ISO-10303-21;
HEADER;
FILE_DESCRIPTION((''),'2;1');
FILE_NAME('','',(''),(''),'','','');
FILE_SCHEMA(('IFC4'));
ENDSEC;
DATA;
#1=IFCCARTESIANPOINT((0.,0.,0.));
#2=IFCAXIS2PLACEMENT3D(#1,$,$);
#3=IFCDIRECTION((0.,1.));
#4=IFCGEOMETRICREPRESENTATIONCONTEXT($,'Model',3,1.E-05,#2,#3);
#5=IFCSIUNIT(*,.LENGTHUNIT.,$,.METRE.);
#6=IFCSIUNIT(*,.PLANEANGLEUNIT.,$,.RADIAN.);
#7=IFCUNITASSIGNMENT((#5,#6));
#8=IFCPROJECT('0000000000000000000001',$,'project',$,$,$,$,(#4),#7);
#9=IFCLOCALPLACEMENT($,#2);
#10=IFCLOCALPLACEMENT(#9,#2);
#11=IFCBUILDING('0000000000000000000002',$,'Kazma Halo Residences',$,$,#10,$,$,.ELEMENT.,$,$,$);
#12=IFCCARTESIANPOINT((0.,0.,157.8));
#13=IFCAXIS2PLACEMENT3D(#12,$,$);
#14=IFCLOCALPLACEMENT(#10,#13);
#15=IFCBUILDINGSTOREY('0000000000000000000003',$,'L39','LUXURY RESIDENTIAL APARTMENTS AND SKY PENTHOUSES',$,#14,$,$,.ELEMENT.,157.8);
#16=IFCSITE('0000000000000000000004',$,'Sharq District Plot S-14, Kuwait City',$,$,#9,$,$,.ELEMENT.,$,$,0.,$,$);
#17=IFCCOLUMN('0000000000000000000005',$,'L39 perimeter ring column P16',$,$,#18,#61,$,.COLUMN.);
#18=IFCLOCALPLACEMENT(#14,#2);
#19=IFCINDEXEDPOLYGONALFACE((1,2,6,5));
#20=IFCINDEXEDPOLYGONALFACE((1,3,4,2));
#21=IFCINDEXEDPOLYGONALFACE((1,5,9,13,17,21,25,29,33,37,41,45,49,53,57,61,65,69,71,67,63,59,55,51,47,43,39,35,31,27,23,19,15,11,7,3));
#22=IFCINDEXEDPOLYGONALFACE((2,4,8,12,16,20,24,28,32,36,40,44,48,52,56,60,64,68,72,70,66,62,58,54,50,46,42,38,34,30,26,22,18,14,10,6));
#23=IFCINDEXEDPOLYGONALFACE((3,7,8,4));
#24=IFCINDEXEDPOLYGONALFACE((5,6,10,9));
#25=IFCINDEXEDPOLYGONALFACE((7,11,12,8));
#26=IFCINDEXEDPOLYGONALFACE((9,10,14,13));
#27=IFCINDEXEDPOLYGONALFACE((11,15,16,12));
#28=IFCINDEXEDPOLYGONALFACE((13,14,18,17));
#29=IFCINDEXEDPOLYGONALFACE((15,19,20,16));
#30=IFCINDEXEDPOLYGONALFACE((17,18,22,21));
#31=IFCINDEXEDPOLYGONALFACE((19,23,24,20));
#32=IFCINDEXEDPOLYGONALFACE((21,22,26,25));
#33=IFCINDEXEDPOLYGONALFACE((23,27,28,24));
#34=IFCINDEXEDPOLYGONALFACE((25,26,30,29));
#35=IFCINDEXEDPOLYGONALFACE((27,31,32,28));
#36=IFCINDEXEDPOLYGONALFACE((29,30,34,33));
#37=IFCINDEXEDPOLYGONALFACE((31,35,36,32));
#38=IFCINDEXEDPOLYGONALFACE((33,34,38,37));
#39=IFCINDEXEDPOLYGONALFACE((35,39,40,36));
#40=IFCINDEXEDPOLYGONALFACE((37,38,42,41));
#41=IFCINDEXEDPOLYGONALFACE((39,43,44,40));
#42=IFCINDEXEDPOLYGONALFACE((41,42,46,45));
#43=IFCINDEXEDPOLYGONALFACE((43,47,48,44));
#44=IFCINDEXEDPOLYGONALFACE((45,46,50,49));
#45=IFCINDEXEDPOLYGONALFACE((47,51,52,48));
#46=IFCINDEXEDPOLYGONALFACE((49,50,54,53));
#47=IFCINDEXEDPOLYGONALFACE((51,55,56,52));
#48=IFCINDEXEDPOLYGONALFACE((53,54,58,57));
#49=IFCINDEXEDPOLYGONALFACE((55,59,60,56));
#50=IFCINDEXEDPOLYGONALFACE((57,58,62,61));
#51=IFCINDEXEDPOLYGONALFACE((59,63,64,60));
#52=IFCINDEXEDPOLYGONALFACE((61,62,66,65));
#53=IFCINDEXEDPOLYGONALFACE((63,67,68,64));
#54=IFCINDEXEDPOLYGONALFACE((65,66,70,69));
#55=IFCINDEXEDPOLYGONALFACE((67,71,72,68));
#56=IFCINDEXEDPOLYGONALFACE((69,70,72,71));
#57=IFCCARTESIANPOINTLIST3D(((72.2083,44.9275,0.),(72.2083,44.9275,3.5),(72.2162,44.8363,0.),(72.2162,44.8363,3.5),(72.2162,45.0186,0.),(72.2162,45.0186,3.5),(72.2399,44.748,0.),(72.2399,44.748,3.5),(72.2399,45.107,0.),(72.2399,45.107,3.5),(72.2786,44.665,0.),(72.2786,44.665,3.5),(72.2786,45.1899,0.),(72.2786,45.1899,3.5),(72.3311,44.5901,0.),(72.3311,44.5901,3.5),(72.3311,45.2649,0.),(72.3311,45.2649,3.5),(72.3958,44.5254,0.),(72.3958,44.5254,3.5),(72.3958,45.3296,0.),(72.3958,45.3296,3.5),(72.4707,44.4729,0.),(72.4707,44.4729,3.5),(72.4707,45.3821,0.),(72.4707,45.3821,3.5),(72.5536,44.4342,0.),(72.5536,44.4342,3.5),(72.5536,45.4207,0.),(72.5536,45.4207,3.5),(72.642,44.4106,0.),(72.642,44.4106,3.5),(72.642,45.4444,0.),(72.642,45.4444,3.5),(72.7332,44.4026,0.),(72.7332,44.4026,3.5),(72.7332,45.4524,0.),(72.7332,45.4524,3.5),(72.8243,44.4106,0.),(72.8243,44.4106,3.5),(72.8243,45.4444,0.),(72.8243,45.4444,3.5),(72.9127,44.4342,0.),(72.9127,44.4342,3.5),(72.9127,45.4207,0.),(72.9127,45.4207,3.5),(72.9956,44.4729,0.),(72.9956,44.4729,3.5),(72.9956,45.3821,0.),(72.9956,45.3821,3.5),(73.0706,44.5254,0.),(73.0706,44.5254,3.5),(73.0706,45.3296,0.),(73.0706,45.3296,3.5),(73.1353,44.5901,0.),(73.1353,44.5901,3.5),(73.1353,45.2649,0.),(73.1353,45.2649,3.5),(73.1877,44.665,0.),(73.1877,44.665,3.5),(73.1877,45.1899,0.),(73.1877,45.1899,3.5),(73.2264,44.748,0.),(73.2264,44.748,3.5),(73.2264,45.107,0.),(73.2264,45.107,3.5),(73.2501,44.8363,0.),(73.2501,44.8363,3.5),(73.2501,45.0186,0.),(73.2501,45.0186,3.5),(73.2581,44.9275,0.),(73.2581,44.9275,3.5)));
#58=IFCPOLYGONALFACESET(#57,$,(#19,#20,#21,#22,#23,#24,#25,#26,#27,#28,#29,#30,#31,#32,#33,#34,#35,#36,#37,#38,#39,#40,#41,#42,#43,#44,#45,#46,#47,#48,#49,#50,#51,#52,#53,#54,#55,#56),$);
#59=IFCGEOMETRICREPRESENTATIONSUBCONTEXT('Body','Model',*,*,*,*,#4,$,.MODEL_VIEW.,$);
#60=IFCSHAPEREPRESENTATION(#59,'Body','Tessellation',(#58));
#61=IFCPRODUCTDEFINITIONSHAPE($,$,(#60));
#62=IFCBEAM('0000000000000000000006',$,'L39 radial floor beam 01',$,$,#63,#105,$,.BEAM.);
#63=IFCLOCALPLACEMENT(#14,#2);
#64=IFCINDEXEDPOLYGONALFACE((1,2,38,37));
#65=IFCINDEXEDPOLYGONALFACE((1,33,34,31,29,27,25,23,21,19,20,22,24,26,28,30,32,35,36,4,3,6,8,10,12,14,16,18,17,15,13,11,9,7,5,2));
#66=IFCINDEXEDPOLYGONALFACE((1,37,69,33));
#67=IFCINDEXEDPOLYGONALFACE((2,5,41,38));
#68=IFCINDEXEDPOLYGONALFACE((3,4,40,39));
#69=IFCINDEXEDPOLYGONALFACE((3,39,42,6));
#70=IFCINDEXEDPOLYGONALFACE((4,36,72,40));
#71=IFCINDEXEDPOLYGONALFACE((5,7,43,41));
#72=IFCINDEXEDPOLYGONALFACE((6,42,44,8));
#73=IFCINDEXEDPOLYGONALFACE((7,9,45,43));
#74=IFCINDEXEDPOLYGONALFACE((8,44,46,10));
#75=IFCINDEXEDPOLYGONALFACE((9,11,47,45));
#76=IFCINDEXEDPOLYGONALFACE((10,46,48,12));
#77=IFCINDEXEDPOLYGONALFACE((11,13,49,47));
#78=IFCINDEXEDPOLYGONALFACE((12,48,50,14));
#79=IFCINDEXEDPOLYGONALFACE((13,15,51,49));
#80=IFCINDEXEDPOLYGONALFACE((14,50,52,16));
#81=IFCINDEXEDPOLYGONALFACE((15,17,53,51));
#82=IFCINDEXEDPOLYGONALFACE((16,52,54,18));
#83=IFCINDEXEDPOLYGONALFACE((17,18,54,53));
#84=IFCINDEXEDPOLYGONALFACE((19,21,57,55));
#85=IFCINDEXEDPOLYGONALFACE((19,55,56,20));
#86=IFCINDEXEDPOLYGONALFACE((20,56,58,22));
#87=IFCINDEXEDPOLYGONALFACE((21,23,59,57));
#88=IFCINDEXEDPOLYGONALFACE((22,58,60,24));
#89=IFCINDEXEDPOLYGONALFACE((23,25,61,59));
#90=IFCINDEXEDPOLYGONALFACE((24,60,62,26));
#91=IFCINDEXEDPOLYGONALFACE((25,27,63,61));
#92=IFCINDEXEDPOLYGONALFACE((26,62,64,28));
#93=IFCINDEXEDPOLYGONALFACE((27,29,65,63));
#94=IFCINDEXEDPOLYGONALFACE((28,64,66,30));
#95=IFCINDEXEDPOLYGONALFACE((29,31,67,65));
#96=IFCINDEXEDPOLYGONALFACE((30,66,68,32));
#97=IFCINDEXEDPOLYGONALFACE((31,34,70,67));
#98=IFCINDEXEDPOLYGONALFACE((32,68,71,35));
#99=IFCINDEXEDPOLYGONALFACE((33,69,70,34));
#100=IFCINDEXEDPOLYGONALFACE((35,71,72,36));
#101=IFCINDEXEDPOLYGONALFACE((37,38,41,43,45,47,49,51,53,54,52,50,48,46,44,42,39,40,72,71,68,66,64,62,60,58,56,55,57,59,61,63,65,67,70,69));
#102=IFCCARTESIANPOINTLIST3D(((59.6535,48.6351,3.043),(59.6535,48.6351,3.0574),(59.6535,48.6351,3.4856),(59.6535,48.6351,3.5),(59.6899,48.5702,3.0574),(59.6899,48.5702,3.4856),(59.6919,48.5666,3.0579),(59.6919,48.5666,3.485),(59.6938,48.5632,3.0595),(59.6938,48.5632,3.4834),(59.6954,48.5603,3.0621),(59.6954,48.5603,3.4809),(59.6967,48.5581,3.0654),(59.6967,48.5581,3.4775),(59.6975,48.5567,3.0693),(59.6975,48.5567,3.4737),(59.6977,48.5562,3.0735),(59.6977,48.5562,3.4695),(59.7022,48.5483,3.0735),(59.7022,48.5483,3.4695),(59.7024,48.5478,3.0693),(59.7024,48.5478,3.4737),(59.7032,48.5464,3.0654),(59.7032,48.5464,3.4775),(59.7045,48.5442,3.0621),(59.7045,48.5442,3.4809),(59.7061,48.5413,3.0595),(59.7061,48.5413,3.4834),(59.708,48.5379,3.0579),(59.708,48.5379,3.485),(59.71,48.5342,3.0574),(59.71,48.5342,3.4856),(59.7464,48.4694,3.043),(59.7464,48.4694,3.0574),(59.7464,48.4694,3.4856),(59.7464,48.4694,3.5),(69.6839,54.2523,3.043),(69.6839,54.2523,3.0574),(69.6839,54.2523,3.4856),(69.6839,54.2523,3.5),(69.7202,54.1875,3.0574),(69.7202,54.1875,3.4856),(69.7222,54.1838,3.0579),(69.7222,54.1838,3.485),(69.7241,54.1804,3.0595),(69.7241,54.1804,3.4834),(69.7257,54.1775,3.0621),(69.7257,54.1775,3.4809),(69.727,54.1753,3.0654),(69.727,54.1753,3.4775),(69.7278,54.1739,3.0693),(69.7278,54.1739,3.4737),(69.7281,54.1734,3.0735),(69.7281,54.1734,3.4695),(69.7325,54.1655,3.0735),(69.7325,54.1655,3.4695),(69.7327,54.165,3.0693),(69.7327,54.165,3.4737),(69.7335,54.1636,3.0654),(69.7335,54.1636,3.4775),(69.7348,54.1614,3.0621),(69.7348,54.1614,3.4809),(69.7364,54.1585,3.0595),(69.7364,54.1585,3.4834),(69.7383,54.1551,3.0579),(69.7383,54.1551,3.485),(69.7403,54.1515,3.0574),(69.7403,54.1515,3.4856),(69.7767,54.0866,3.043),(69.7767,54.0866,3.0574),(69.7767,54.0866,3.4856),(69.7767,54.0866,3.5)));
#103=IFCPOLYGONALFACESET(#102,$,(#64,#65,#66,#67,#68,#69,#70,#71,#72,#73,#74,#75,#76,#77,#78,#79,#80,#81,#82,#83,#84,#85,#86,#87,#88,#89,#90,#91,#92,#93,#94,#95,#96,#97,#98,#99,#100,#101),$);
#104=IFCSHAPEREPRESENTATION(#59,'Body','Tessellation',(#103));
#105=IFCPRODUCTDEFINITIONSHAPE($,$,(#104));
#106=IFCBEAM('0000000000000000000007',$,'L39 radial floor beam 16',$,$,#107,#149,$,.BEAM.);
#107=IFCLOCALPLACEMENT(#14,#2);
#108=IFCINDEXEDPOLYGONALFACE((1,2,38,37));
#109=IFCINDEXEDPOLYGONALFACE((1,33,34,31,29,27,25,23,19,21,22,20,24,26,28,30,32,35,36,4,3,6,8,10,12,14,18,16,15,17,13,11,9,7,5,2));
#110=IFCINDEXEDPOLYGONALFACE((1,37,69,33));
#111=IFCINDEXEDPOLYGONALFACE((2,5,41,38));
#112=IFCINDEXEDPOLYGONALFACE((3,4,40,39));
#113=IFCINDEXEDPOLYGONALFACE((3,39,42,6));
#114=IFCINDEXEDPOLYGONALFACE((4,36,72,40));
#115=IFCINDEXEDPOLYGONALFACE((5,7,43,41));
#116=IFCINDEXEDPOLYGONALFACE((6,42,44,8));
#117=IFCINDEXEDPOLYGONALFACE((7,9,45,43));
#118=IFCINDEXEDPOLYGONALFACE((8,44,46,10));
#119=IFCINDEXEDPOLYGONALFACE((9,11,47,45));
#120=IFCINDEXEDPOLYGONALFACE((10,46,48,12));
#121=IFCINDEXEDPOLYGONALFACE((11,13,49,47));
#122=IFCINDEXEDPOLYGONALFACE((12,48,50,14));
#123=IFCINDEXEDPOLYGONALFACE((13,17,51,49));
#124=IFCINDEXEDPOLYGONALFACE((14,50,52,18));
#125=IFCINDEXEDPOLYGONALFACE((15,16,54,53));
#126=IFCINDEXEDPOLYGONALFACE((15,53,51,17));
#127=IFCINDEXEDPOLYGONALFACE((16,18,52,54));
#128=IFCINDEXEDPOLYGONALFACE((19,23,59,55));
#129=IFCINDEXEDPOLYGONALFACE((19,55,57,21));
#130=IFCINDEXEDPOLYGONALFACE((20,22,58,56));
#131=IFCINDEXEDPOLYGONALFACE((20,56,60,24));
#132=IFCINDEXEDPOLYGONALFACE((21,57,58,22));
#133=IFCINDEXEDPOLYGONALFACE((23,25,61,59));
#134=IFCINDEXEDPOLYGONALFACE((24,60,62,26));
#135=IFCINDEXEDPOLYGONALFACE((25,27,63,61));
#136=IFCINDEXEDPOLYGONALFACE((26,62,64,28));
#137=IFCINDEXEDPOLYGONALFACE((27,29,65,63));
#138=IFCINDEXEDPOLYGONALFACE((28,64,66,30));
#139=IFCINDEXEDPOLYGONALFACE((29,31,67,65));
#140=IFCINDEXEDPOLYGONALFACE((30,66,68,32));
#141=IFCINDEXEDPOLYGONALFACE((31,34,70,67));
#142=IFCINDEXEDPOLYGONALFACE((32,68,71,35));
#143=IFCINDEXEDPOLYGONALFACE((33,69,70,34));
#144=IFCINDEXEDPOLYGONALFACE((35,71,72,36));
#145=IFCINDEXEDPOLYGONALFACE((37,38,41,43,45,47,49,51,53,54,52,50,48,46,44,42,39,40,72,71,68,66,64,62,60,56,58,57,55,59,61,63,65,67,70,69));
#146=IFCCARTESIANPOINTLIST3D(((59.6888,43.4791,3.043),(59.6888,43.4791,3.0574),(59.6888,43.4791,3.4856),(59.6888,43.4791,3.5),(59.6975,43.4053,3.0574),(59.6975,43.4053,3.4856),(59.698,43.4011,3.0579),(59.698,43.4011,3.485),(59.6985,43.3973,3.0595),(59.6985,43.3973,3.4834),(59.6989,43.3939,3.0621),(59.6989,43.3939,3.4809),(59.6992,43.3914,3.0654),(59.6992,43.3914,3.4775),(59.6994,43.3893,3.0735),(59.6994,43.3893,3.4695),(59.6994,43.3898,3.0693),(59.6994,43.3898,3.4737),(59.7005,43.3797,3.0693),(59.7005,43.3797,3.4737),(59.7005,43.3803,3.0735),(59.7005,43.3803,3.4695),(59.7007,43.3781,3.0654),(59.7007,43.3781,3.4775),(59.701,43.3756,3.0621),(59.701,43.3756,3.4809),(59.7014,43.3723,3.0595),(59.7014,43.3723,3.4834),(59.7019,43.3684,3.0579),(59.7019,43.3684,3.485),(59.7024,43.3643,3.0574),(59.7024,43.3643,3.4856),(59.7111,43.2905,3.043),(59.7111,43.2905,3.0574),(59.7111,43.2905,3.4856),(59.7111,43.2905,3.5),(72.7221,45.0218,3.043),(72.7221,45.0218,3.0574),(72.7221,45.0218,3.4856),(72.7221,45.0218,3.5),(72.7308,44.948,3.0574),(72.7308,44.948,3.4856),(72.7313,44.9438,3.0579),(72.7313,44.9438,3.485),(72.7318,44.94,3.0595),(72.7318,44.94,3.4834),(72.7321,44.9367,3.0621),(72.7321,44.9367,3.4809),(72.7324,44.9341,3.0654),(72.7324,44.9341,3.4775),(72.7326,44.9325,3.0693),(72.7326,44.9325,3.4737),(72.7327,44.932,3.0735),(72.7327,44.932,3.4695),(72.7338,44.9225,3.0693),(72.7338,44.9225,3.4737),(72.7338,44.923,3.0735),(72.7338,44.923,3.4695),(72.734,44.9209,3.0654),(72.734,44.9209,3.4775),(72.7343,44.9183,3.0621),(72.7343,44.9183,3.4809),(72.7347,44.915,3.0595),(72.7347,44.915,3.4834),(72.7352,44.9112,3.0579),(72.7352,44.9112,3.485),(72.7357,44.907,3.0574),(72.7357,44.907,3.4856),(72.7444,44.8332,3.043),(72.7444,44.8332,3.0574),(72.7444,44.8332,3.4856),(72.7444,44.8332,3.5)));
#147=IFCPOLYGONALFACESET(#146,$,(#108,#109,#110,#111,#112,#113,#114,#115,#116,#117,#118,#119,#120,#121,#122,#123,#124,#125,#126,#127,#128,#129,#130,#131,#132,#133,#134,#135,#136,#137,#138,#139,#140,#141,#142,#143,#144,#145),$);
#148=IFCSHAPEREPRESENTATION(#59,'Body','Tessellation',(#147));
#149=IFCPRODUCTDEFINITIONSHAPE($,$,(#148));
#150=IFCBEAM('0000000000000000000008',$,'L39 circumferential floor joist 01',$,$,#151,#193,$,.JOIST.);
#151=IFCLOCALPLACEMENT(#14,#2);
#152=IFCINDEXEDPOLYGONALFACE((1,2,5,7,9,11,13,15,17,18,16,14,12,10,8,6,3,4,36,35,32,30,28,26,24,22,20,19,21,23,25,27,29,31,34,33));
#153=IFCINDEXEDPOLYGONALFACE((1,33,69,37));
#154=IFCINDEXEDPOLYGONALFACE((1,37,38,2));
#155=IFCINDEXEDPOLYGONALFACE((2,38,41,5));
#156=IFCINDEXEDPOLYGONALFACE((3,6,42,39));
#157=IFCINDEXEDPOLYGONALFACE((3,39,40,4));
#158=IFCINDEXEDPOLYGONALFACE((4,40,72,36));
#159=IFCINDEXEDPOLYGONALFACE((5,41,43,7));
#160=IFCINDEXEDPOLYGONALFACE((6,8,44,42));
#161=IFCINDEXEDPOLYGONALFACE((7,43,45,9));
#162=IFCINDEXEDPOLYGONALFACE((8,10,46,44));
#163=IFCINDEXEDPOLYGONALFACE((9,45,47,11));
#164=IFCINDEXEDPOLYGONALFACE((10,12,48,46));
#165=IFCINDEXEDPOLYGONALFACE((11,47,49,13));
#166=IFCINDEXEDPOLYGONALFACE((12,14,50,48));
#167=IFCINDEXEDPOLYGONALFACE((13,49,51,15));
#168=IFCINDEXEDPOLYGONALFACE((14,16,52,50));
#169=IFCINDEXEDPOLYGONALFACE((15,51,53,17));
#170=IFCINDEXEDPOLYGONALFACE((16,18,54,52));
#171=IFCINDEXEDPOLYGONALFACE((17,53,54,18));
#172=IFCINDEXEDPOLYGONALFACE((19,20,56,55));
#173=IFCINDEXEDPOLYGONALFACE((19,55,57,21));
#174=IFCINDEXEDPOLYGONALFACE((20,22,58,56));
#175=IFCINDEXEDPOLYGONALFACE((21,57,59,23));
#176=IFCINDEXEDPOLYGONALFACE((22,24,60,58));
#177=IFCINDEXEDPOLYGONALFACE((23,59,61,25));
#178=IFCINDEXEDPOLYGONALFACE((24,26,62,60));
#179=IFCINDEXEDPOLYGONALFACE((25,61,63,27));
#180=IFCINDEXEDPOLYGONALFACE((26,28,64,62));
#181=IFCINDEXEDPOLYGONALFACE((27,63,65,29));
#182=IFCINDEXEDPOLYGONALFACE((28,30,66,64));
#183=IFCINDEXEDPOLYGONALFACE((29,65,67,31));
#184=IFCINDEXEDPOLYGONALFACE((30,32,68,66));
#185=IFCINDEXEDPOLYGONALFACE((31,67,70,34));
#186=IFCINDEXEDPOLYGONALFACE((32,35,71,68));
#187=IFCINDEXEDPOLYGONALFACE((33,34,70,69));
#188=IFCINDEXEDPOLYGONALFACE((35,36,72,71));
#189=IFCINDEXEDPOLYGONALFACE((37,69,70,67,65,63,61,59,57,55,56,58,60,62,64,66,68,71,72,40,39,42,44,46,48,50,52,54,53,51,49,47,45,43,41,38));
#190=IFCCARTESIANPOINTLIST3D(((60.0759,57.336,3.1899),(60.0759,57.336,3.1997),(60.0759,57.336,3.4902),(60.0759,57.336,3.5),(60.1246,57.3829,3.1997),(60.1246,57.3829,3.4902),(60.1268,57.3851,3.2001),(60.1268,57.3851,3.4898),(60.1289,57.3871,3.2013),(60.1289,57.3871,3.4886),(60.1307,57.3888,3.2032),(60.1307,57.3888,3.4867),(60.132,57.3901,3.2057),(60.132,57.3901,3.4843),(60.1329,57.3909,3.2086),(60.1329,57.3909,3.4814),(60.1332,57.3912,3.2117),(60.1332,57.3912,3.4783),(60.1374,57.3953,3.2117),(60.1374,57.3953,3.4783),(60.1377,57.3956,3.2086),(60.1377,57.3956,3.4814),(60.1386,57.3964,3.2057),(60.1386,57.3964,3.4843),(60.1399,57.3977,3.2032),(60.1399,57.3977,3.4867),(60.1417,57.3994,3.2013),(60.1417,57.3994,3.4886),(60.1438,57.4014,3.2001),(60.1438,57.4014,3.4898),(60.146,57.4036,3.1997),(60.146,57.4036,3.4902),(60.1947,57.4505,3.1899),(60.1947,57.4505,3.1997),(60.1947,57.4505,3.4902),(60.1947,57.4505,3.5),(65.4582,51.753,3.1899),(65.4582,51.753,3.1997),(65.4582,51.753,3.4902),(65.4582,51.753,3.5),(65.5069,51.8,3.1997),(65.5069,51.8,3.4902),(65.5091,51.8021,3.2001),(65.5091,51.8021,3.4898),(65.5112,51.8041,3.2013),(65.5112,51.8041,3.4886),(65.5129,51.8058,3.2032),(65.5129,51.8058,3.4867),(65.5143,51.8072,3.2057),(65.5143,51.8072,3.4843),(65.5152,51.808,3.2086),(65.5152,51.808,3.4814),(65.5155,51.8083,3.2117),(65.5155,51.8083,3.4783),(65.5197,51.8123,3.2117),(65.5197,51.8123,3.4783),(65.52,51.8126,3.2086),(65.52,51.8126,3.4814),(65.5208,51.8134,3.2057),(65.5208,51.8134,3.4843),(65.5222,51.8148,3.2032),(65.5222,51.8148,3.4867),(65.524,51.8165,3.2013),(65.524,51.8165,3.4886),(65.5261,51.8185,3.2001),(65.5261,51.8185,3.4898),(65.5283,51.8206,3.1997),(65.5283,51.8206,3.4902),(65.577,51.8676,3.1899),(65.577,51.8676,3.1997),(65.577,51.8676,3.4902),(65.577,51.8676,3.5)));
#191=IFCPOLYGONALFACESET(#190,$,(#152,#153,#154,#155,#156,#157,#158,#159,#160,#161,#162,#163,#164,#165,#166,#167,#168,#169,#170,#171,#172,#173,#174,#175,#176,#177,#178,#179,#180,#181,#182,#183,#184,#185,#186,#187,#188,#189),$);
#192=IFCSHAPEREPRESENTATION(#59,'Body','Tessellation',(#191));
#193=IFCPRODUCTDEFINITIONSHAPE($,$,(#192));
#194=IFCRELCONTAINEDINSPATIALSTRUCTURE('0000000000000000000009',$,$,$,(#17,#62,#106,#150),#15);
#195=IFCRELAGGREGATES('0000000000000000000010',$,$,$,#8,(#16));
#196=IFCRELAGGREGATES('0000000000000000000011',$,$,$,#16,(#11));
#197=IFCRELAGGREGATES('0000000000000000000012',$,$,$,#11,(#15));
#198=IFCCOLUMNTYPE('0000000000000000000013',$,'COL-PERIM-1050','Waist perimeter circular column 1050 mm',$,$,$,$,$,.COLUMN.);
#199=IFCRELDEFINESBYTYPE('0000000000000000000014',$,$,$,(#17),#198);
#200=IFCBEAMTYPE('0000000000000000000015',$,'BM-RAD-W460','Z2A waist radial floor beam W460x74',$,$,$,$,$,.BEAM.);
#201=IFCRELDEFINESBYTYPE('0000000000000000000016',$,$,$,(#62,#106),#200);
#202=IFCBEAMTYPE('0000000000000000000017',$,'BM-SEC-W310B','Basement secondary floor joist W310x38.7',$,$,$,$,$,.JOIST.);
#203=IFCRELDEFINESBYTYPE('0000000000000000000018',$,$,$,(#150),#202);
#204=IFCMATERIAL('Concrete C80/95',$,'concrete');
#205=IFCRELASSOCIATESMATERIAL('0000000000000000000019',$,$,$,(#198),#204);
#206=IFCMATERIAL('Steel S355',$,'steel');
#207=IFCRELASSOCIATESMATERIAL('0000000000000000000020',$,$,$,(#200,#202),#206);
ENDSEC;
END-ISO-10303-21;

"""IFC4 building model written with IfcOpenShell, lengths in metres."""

from ifc_helpers import new_model, si_unit, direction, frame, origin, origin_2d, place, context, subcontext, project, spatial, circle, i_section, extrude, material, material_profile, profile_set, type_object, element, save


model = new_model("IFC4")

# Units and contexts
model_context = context("Model", 3, precision=1e-05, world=origin(), true_north=direction((0.0, 1.0)))
body_context = subcontext(model_context, "Body", "Model", "MODEL_VIEW")
ifc_project = project(units=[si_unit("LENGTHUNIT", "METRE"), si_unit("PLANEANGLEUNIT", "RADIAN")], contexts=[model_context])

# Site, building, storey
site_placement = place(None, origin())
site = spatial("IfcSite", under=ifc_project, at=site_placement, Name="Sharq District Plot S-14, Kuwait City", CompositionType="ELEMENT", RefElevation=0.0)
building_placement = place(site_placement, origin())
building = spatial("IfcBuilding", under=site, at=building_placement, Name="Kazma Halo Residences", CompositionType="ELEMENT")
storey_placement = place(building_placement, frame((0.0, 0.0, 157.8)))
storey = spatial("IfcBuildingStorey", under=building, at=storey_placement, Name="L39", Description="LUXURY RESIDENTIAL APARTMENTS AND SKY PENTHOUSES", CompositionType="ELEMENT", Elevation=157.8)

# Column
ifc_material_1 = material(Name="Concrete C80/95", Category="concrete")
ifc_material_profile_1 = material_profile(ifc_material_1, circle(Radius=0.5249, at=origin_2d()), Name="CIRC1050")
ifc_profile_set_1 = profile_set([ifc_material_profile_1], Name="Concrete C80/95")
column_type = type_object("IfcColumnType", Name="COL-PERIM-1050", Description="Waist perimeter circular column 1050 mm", PredefinedType="COLUMN", material=ifc_profile_set_1)
column_placement = place(storey_placement, frame((72.7332, 44.9275, 0.0), z_axis=(0.0, 0.0, 1.0), x_axis=(1.0, 0.0, 0.0)))
element("IfcColumn", 1, at=column_placement, inside=storey, type_object=column_type, Name="L39 perimeter ring column P16", PredefinedType="COLUMN", context=body_context, shape_type="SweptSolid", body=[
    extrude(circle(Radius=0.5249, at=origin_2d()), origin(), (0.0, 0.0, 1.0), 3.5),
])

# Beams
ifc_material_2 = material(Name="Steel S355", Category="steel")
ifc_material_profile_2 = material_profile(ifc_material_2, i_section(OverallWidth=0.1899, OverallDepth=0.457, WebThickness=0.009, FlangeThickness=0.0144, FilletRadius=0.0161, at=origin_2d()), Name="W460x74")
ifc_profile_set_2 = profile_set([ifc_material_profile_2], Name="Steel S355")
beam_type_1 = type_object("IfcBeamType", Name="BM-RAD-W460", Description="Z2A waist radial floor beam W460x74", PredefinedType="BEAM", material=ifc_profile_set_2)
beam_1_placement = place(storey_placement, frame((59.7, 48.5522, 3.2715), z_axis=(0.872497, 0.488619, 0.0), x_axis=(-0.488619, 0.872497, 0.0)))
element("IfcBeam", 2, at=beam_1_placement, inside=storey, type_object=beam_type_1, Name="L39 radial floor beam 01", PredefinedType="BEAM", context=body_context, shape_type="SweptSolid", body=[
    extrude(i_section(OverallWidth=0.1899, OverallDepth=0.457, WebThickness=0.009, FlangeThickness=0.0144, FilletRadius=0.0161, at=origin_2d()), origin(), (0.0, 0.0, 1.0), 11.4961),
])
beam_2_placement = place(storey_placement, frame((59.7, 43.3848, 3.2715), z_axis=(0.993067, 0.117548, 0.0), x_axis=(-0.117548, 0.993067, 0.0)))
element("IfcBeam", 3, at=beam_2_placement, inside=storey, type_object=beam_type_1, Name="L39 radial floor beam 16", PredefinedType="BEAM", context=body_context, shape_type="SweptSolid", body=[
    extrude(i_section(OverallWidth=0.1899, OverallDepth=0.457, WebThickness=0.009, FlangeThickness=0.0144, FilletRadius=0.0161, at=origin_2d()), origin(), (0.0, 0.0, 1.0), 13.1243),
])
ifc_material_profile_3 = material_profile(ifc_material_2, i_section(OverallWidth=0.165, OverallDepth=0.3101, WebThickness=0.0059, FlangeThickness=0.0098, FilletRadius=0.012, at=origin_2d()), Name="W310x38.7")
ifc_profile_set_3 = profile_set([ifc_material_profile_3], Name="Steel S355")
beam_type_2 = type_object("IfcBeamType", Name="BM-SEC-W310B", Description="Basement secondary floor joist W310x38.7", PredefinedType="JOIST", material=ifc_profile_set_3)
beam_3_placement = place(storey_placement, frame((65.5176, 51.8103, 3.345), z_axis=(-0.694049, 0.719927, 0.0), x_axis=(-0.719927, -0.694049, 0.0)))
element("IfcBeam", 4, at=beam_3_placement, inside=storey, type_object=beam_type_2, Name="L39 circumferential floor joist 01", PredefinedType="JOIST", context=body_context, shape_type="SweptSolid", body=[
    extrude(i_section(OverallWidth=0.165, OverallDepth=0.3101, WebThickness=0.0059, FlangeThickness=0.0098, FilletRadius=0.012, at=origin_2d()), origin(), (0.0, 0.0, 1.0), 7.7549),
])

save(model, "model.ifc")
